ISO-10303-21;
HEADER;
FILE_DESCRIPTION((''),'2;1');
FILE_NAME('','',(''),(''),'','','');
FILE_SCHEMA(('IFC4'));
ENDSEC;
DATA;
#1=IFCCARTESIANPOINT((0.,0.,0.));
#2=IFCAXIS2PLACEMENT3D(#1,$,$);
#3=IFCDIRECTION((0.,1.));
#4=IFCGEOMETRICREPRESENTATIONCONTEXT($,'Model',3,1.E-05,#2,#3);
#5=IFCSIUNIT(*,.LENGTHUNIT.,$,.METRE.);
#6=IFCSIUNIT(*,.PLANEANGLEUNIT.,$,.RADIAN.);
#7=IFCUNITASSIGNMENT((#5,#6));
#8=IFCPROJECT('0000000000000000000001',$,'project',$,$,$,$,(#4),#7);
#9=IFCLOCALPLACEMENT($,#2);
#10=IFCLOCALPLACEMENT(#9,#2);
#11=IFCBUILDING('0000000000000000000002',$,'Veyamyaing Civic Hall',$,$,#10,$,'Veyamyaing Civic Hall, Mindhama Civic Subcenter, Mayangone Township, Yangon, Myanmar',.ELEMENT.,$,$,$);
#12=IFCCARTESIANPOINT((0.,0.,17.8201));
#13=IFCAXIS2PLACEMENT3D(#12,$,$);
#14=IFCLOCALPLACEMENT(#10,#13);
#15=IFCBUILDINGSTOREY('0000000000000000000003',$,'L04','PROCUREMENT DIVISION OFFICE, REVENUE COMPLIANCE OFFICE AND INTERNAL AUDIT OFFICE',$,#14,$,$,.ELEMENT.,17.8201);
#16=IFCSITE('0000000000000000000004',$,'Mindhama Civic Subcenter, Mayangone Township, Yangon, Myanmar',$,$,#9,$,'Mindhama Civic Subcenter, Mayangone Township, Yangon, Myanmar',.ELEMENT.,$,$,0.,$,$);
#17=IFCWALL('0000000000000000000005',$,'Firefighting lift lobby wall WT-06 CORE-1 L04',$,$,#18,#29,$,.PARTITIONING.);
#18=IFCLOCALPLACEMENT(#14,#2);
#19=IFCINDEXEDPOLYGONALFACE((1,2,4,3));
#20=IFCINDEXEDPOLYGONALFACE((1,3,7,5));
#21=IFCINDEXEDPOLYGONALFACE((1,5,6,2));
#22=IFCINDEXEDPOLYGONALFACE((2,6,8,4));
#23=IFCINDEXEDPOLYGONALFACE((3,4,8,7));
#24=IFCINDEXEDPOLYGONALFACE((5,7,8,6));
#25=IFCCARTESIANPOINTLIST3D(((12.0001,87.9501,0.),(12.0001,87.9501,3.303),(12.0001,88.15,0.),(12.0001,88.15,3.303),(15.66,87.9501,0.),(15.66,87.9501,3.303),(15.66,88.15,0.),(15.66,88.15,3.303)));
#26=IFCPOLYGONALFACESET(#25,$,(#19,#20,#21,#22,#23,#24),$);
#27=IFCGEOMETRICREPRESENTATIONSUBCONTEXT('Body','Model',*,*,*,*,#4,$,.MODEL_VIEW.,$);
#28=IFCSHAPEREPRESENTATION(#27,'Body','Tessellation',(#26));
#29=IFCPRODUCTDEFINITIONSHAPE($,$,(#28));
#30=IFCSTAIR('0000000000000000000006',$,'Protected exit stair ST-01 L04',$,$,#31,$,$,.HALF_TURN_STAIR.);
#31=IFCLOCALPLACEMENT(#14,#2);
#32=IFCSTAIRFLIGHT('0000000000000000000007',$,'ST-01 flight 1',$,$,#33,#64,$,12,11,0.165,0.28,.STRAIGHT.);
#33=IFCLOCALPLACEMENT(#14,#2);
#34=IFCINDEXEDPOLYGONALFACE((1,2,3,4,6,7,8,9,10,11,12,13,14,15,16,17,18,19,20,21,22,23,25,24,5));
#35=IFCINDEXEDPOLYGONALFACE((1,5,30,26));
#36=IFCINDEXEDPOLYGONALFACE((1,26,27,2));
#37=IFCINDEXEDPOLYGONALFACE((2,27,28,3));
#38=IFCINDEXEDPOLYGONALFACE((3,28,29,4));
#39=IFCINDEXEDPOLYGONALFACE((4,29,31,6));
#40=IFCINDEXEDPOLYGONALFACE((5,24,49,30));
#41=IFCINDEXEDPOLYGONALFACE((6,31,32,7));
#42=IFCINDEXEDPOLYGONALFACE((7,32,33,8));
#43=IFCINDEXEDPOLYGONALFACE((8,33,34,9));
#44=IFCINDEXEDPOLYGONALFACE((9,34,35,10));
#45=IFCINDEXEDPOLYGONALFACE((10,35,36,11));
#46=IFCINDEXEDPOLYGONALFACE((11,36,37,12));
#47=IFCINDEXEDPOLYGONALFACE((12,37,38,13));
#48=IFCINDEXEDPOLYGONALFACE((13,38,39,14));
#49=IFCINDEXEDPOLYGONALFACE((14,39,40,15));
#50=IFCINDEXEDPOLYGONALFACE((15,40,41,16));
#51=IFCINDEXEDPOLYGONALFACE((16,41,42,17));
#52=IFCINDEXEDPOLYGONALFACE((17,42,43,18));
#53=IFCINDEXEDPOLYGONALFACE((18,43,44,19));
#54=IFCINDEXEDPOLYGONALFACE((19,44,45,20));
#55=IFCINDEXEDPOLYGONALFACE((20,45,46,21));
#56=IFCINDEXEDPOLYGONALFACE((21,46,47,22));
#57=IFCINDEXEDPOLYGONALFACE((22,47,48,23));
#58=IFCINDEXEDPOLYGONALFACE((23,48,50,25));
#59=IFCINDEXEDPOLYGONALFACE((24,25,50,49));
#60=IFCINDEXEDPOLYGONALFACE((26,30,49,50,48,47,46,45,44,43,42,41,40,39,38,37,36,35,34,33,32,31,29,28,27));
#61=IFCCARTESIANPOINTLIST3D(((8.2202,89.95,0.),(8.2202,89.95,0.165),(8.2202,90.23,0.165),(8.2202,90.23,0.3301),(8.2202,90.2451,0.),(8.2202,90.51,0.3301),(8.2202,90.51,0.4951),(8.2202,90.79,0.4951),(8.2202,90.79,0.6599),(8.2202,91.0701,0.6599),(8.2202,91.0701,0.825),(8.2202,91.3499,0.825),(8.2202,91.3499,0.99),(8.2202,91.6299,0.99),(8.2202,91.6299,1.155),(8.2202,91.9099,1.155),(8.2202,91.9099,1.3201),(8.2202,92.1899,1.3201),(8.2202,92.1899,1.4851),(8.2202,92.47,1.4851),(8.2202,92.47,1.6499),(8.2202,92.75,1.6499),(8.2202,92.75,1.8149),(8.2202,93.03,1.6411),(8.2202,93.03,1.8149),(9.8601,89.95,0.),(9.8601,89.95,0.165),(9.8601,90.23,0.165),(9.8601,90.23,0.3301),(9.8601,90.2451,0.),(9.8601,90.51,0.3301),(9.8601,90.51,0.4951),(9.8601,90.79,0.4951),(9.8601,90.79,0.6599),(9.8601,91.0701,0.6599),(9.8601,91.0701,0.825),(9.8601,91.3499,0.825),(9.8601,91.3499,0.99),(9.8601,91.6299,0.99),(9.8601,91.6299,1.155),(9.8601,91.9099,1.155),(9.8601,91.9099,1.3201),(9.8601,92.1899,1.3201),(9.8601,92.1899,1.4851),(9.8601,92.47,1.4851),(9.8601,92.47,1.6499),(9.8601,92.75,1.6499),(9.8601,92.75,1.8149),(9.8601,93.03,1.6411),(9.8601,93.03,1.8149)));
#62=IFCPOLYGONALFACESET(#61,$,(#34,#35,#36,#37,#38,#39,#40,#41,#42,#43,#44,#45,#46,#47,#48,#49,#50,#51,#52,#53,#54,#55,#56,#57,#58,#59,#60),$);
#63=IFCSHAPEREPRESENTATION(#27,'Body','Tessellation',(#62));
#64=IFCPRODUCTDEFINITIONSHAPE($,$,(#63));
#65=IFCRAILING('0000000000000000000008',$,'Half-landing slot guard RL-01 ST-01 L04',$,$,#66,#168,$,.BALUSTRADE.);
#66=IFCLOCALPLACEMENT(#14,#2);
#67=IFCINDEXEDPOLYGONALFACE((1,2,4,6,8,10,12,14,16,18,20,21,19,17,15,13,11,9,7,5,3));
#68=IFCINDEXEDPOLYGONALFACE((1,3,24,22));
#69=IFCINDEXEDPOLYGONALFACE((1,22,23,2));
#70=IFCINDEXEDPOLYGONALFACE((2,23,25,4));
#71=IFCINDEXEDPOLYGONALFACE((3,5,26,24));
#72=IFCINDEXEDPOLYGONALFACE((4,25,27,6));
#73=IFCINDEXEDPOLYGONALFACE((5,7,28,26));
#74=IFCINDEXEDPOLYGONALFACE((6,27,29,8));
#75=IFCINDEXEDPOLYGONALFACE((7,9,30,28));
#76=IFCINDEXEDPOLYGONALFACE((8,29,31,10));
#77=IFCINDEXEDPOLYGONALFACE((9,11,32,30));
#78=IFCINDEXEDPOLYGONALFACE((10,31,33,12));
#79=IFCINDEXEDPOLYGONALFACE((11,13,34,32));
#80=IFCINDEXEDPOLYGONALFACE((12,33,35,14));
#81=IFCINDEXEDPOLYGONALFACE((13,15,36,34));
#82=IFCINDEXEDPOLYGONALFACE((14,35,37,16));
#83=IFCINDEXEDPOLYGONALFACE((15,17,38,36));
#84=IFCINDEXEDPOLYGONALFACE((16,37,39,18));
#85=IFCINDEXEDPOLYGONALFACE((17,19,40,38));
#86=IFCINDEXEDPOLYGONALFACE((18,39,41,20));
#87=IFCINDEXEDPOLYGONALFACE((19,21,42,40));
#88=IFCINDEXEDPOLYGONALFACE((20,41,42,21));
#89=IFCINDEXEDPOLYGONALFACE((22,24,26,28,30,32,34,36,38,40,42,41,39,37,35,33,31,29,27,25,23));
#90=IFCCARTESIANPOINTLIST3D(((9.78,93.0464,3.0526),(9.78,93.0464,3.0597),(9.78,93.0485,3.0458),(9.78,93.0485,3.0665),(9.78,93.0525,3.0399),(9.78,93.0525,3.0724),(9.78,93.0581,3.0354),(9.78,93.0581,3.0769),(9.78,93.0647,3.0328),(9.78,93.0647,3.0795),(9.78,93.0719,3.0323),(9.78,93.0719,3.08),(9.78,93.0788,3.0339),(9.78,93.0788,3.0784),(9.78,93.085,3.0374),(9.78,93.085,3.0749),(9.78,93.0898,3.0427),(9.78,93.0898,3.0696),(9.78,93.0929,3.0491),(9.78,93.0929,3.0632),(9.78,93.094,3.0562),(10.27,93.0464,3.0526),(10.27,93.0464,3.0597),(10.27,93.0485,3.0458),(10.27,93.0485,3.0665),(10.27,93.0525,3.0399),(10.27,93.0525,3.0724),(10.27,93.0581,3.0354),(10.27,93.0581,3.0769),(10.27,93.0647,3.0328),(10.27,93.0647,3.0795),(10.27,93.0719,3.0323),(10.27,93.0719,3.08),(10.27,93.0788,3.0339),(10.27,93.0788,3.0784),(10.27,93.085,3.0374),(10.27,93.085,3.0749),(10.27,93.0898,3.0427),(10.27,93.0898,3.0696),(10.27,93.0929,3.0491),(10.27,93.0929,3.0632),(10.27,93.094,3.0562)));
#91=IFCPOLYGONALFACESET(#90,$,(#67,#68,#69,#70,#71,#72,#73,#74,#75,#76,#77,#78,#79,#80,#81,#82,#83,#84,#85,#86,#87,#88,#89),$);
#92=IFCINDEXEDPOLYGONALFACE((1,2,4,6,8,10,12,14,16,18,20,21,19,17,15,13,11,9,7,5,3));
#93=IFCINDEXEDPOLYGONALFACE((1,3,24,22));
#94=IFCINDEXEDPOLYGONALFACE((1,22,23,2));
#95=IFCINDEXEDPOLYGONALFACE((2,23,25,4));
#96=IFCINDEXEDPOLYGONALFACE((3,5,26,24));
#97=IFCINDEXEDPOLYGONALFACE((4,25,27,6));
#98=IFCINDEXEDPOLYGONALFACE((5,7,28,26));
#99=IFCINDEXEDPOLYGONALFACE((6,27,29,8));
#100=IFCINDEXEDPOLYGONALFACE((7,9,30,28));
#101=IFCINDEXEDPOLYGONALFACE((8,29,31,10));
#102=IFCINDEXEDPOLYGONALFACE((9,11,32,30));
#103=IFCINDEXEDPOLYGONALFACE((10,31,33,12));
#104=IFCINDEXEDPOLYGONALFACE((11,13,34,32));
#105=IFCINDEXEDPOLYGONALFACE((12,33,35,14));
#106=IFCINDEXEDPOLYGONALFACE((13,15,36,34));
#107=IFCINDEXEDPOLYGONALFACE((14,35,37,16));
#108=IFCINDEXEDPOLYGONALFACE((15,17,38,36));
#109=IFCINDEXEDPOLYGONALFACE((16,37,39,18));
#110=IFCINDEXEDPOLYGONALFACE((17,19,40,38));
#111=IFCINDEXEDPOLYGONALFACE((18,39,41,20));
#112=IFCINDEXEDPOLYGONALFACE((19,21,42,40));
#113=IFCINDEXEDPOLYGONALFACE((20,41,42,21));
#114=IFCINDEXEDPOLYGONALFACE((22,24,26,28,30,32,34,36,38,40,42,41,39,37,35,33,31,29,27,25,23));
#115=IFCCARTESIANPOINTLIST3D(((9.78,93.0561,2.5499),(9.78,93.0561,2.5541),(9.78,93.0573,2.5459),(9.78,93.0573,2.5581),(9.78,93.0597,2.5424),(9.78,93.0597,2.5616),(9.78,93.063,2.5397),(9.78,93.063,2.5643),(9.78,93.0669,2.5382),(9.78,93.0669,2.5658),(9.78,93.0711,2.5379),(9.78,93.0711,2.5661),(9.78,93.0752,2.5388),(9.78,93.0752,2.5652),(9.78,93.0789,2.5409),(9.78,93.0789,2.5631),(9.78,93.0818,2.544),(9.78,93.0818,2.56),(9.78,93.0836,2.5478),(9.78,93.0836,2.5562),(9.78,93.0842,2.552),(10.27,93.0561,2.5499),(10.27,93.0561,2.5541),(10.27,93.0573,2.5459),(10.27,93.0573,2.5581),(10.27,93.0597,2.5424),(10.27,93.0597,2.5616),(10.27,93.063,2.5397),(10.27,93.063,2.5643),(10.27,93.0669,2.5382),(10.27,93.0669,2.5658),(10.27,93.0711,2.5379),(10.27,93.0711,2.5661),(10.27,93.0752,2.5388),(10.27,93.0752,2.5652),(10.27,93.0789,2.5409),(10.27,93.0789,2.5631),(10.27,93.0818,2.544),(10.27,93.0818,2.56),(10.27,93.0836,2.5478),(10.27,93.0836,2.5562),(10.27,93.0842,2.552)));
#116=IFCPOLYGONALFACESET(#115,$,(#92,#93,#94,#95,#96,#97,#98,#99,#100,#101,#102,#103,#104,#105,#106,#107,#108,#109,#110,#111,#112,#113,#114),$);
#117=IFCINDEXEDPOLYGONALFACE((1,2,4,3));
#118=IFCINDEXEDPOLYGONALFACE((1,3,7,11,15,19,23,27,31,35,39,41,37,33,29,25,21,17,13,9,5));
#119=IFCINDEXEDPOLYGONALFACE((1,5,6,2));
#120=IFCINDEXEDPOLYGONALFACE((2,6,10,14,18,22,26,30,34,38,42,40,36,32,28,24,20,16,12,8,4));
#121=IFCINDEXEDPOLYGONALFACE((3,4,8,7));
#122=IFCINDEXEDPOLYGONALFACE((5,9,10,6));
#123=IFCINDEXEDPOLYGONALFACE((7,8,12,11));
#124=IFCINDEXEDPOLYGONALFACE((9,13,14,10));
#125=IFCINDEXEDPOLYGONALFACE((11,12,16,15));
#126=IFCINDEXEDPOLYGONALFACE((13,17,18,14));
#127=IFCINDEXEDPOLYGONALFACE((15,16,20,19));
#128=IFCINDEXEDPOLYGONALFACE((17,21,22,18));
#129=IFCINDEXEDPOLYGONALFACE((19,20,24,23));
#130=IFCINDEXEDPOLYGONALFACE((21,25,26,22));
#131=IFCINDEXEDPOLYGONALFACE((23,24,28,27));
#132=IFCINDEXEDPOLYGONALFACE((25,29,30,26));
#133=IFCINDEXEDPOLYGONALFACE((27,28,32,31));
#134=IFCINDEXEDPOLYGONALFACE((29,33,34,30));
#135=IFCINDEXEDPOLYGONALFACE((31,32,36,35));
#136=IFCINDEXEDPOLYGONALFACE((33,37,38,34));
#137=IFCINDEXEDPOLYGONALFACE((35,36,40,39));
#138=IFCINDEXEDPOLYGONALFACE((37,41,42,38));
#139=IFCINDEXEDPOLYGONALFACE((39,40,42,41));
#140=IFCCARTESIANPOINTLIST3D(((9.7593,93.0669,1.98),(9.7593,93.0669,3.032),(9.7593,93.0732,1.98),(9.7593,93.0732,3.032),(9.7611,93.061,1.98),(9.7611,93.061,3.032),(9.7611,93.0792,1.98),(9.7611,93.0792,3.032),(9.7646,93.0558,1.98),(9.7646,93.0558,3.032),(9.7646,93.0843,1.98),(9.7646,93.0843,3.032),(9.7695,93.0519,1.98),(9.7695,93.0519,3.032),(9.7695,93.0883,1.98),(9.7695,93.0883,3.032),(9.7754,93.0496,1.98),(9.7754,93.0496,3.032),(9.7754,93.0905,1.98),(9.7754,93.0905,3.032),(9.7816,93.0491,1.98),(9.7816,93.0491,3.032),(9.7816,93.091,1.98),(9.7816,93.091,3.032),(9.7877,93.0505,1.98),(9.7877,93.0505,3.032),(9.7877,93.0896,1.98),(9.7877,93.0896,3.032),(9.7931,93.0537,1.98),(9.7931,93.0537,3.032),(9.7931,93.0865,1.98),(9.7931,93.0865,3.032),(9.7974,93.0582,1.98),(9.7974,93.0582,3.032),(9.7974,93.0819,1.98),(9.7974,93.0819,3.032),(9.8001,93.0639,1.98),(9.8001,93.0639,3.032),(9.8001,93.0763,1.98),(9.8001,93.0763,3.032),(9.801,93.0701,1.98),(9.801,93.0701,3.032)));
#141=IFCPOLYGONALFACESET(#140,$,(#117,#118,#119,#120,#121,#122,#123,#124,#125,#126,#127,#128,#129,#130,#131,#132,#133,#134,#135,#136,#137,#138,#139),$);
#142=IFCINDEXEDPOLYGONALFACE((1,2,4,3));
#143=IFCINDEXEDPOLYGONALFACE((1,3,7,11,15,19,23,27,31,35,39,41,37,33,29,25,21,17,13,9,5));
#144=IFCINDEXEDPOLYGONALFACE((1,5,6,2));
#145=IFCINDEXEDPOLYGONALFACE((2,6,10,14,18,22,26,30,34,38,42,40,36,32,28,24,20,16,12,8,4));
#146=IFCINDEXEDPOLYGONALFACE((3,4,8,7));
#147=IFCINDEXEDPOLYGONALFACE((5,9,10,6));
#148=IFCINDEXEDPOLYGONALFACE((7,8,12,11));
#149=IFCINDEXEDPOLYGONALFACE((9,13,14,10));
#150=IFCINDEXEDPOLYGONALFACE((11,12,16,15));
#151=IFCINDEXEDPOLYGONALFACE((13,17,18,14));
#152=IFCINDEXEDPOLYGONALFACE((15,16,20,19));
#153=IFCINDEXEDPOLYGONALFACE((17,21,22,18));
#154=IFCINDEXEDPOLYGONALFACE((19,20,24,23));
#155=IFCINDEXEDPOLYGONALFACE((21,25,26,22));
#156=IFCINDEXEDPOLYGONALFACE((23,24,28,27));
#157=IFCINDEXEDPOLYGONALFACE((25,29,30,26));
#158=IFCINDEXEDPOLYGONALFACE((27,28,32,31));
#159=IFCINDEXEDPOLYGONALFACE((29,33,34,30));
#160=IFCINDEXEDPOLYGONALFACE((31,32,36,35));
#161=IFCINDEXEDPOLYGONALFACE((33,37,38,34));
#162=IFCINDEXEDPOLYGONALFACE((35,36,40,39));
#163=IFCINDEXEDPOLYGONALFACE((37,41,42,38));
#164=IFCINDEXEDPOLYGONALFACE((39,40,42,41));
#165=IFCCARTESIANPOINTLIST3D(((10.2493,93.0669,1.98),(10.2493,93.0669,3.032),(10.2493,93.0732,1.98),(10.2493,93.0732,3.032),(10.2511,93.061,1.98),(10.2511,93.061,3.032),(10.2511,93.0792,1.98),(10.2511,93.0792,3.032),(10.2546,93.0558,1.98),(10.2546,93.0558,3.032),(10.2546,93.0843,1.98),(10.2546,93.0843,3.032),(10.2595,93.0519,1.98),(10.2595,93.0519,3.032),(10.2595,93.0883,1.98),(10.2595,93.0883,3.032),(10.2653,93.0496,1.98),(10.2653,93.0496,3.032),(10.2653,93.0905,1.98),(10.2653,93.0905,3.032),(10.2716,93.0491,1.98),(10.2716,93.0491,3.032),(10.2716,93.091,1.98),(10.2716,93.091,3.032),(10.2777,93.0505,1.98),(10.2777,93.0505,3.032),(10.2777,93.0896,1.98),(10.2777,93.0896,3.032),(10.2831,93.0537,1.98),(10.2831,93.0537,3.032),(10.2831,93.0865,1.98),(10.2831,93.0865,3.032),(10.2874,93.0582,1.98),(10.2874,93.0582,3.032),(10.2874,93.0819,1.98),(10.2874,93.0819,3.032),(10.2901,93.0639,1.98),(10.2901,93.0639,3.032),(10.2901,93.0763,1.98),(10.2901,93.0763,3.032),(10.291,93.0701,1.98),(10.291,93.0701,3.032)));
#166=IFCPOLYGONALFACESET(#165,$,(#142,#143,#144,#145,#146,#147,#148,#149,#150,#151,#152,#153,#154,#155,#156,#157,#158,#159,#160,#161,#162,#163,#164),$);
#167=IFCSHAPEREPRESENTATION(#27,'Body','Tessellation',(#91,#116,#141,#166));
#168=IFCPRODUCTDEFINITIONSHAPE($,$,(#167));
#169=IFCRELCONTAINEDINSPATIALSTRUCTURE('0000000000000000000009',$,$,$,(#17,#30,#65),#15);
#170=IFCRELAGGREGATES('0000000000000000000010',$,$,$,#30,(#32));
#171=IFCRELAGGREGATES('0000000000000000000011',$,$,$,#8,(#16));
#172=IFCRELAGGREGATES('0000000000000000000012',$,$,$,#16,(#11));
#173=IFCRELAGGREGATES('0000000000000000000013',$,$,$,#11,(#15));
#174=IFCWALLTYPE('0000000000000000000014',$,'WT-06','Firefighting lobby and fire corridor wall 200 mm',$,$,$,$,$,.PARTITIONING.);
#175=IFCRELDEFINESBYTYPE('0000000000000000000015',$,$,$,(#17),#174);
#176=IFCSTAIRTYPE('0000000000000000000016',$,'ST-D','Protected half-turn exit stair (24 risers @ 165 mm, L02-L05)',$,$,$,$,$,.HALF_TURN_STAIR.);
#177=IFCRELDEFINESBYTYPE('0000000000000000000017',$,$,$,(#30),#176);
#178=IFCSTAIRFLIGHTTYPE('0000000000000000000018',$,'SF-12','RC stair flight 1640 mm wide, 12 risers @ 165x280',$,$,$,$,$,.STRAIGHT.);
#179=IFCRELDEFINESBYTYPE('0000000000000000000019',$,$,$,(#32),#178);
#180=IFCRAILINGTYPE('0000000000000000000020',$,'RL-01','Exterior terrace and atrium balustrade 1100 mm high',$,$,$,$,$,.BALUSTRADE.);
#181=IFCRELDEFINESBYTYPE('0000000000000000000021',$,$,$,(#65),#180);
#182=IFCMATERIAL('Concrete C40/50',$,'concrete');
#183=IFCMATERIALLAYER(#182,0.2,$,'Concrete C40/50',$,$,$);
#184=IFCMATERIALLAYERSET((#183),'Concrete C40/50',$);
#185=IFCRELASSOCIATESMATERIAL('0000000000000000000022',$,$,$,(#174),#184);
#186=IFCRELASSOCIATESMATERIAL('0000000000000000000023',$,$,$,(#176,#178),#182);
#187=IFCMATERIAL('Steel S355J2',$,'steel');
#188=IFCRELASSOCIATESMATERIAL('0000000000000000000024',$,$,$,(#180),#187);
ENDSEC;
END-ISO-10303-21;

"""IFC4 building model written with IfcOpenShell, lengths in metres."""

from ifc_helpers import new_model, si_unit, direction, frame, frame_2d, origin, origin_2d, place, context, subcontext, project, spatial, polyline, rectangle, circle, outline, extrude, material, layer, layer_set, type_object, element, aggregate, save


model = new_model("IFC4")

# Units and contexts
model_context = context("Model", 3, precision=1e-05, world=origin(), true_north=direction((0.0, 1.0)))
body_context = subcontext(model_context, "Body", "Model", "MODEL_VIEW")
ifc_project = project(units=[si_unit("LENGTHUNIT", "METRE"), si_unit("PLANEANGLEUNIT", "RADIAN")], contexts=[model_context])

# Site, building, storey
site_placement = place(None, origin())
site = spatial("IfcSite", under=ifc_project, at=site_placement, Name="Mindhama Civic Subcenter, Mayangone Township, Yangon, Myanmar", LongName="Mindhama Civic Subcenter, Mayangone Township, Yangon, Myanmar", CompositionType="ELEMENT", RefElevation=0.0)
building_placement = place(site_placement, origin())
building = spatial("IfcBuilding", under=site, at=building_placement, Name="Veyamyaing Civic Hall", LongName="Veyamyaing Civic Hall, Mindhama Civic Subcenter, Mayangone Township, Yangon, Myanmar", CompositionType="ELEMENT")
storey_placement = place(building_placement, frame((0.0, 0.0, 17.8201)))
storey = spatial("IfcBuildingStorey", under=building, at=storey_placement, Name="L04", Description="PROCUREMENT DIVISION OFFICE, REVENUE COMPLIANCE OFFICE AND INTERNAL AUDIT OFFICE", CompositionType="ELEMENT", Elevation=17.8201)

# Shared definitions
ifc_material_1 = material(Name="Concrete C40/50", Category="concrete")

# Wall
ifc_layer_1 = layer(ifc_material_1, 0.2, Name="Concrete C40/50")
ifc_layer_set_1 = layer_set([ifc_layer_1], Name="Concrete C40/50")
wall_type_1 = type_object("IfcWallType", Name="WT-06", Description="Firefighting lobby and fire corridor wall 200 mm", PredefinedType="PARTITIONING", material=ifc_layer_set_1)
wall_1_placement = place(storey_placement, frame((12.0, 88.05, 0.0), z_axis=(0.0, 0.0, 1.0), x_axis=(1.0, 0.0, 0.0)))
element("IfcWall", 1, at=wall_1_placement, inside=storey, type_object=wall_type_1, Name="Firefighting lift lobby wall WT-06 CORE-1 L04", PredefinedType="PARTITIONING", context=body_context, shape_type="SweptSolid", body=[
    extrude(rectangle(XDim=3.6599, YDim=0.2, at=frame_2d((1.8301, 0.0))), origin(), (0.0, 0.0, 1.0), 3.303),
])

# Stair, stair flight
stair_type = type_object("IfcStairType", Name="ST-D", Description="Protected half-turn exit stair (24 risers @ 165 mm, L02-L05)", PredefinedType="HALF_TURN_STAIR", material=ifc_material_1)
stair_placement = place(storey_placement, origin())
stair = element("IfcStair", 2, at=stair_placement, inside=storey, type_object=stair_type, Name="Protected exit stair ST-01 L04", PredefinedType="HALF_TURN_STAIR")
stair_flight_type = type_object("IfcStairFlightType", Name="SF-12", Description="RC stair flight 1640 mm wide, 12 risers @ 165x280", PredefinedType="STRAIGHT", material=ifc_material_1)
stair_flight_placement = place(storey_placement, frame((9.04, 89.95, 0.0), z_axis=(0.0, 0.0, 1.0), x_axis=(0.0, 1.0, 0.0)))
stair_flight = element("IfcStairFlight", 3, at=stair_flight_placement, type_object=stair_flight_type, Name="ST-01 flight 1", NumberOfRisers=12, NumberOfTreads=11, PredefinedType="STRAIGHT", RiserHeight=0.165, TreadLength=0.28, context=body_context, shape_type="SweptSolid", body=[
    extrude(outline(polyline([(0.0, 0.0), (0.0, 0.165), (0.28, 0.165), (0.28, 0.3301), (0.5601, 0.3301), (0.5601, 0.4951), (0.8401, 0.4951), (0.8401, 0.6599), (1.1201, 0.6599), (1.1201, 0.825), (1.3999, 0.825), (1.3999, 0.99), (1.6799, 0.99), (1.6799, 1.155), (1.96, 1.155), (1.96, 1.3201), (2.24, 1.3201), (2.24, 1.4851), (2.52, 1.4851), (2.52, 1.6499), (2.8, 1.6499), (2.8, 1.8149), (3.0801, 1.8149), (3.0801, 1.98), (3.0801, 1.6411), (0.2952, 0.0), (0.0, 0.0)])), frame((0.0, 0.8198, 0.0), z_axis=(0.0, -1.0, 0.0), x_axis=(1.0, 0.0, 0.0)), (0.0, 0.0, 1.0), 1.6399),
])
aggregate(stair, [stair_flight])

# Railing
ifc_material_2 = material(Name="Steel S355J2", Category="steel")
railing_type_1 = type_object("IfcRailingType", Name="RL-01", Description="Exterior terrace and atrium balustrade 1100 mm high", PredefinedType="BALUSTRADE", material=ifc_material_2)
railing_1_placement = place(storey_placement, frame((9.78, 93.0701, 1.98)))
element("IfcRailing", 4, at=railing_1_placement, inside=storey, type_object=railing_type_1, Name="Half-landing slot guard RL-01 ST-01 L04", PredefinedType="BALUSTRADE", context=body_context, shape_type="SweptSolid", body=[
    extrude(circle(Radius=0.0239, at=origin_2d()), frame((0.0, 0.0, 1.0762), z_axis=(1.0, 0.0, 0.0), x_axis=(0.0, 1.0, 0.0)), (0.0, 0.0, 1.0), 0.49),
    extrude(circle(Radius=0.0142, at=origin_2d()), frame((0.0, 0.0, 0.572), z_axis=(1.0, 0.0, 0.0), x_axis=(0.0, 1.0, 0.0)), (0.0, 0.0, 1.0), 0.49),
    extrude(circle(Radius=0.021, at=origin_2d()), origin(), (0.0, 0.0, 1.0), 1.052),
    extrude(circle(Radius=0.021, at=origin_2d()), frame((0.49, 0.0, 0.0)), (0.0, 0.0, 1.0), 1.052),
])

save(model, "model.ifc")
